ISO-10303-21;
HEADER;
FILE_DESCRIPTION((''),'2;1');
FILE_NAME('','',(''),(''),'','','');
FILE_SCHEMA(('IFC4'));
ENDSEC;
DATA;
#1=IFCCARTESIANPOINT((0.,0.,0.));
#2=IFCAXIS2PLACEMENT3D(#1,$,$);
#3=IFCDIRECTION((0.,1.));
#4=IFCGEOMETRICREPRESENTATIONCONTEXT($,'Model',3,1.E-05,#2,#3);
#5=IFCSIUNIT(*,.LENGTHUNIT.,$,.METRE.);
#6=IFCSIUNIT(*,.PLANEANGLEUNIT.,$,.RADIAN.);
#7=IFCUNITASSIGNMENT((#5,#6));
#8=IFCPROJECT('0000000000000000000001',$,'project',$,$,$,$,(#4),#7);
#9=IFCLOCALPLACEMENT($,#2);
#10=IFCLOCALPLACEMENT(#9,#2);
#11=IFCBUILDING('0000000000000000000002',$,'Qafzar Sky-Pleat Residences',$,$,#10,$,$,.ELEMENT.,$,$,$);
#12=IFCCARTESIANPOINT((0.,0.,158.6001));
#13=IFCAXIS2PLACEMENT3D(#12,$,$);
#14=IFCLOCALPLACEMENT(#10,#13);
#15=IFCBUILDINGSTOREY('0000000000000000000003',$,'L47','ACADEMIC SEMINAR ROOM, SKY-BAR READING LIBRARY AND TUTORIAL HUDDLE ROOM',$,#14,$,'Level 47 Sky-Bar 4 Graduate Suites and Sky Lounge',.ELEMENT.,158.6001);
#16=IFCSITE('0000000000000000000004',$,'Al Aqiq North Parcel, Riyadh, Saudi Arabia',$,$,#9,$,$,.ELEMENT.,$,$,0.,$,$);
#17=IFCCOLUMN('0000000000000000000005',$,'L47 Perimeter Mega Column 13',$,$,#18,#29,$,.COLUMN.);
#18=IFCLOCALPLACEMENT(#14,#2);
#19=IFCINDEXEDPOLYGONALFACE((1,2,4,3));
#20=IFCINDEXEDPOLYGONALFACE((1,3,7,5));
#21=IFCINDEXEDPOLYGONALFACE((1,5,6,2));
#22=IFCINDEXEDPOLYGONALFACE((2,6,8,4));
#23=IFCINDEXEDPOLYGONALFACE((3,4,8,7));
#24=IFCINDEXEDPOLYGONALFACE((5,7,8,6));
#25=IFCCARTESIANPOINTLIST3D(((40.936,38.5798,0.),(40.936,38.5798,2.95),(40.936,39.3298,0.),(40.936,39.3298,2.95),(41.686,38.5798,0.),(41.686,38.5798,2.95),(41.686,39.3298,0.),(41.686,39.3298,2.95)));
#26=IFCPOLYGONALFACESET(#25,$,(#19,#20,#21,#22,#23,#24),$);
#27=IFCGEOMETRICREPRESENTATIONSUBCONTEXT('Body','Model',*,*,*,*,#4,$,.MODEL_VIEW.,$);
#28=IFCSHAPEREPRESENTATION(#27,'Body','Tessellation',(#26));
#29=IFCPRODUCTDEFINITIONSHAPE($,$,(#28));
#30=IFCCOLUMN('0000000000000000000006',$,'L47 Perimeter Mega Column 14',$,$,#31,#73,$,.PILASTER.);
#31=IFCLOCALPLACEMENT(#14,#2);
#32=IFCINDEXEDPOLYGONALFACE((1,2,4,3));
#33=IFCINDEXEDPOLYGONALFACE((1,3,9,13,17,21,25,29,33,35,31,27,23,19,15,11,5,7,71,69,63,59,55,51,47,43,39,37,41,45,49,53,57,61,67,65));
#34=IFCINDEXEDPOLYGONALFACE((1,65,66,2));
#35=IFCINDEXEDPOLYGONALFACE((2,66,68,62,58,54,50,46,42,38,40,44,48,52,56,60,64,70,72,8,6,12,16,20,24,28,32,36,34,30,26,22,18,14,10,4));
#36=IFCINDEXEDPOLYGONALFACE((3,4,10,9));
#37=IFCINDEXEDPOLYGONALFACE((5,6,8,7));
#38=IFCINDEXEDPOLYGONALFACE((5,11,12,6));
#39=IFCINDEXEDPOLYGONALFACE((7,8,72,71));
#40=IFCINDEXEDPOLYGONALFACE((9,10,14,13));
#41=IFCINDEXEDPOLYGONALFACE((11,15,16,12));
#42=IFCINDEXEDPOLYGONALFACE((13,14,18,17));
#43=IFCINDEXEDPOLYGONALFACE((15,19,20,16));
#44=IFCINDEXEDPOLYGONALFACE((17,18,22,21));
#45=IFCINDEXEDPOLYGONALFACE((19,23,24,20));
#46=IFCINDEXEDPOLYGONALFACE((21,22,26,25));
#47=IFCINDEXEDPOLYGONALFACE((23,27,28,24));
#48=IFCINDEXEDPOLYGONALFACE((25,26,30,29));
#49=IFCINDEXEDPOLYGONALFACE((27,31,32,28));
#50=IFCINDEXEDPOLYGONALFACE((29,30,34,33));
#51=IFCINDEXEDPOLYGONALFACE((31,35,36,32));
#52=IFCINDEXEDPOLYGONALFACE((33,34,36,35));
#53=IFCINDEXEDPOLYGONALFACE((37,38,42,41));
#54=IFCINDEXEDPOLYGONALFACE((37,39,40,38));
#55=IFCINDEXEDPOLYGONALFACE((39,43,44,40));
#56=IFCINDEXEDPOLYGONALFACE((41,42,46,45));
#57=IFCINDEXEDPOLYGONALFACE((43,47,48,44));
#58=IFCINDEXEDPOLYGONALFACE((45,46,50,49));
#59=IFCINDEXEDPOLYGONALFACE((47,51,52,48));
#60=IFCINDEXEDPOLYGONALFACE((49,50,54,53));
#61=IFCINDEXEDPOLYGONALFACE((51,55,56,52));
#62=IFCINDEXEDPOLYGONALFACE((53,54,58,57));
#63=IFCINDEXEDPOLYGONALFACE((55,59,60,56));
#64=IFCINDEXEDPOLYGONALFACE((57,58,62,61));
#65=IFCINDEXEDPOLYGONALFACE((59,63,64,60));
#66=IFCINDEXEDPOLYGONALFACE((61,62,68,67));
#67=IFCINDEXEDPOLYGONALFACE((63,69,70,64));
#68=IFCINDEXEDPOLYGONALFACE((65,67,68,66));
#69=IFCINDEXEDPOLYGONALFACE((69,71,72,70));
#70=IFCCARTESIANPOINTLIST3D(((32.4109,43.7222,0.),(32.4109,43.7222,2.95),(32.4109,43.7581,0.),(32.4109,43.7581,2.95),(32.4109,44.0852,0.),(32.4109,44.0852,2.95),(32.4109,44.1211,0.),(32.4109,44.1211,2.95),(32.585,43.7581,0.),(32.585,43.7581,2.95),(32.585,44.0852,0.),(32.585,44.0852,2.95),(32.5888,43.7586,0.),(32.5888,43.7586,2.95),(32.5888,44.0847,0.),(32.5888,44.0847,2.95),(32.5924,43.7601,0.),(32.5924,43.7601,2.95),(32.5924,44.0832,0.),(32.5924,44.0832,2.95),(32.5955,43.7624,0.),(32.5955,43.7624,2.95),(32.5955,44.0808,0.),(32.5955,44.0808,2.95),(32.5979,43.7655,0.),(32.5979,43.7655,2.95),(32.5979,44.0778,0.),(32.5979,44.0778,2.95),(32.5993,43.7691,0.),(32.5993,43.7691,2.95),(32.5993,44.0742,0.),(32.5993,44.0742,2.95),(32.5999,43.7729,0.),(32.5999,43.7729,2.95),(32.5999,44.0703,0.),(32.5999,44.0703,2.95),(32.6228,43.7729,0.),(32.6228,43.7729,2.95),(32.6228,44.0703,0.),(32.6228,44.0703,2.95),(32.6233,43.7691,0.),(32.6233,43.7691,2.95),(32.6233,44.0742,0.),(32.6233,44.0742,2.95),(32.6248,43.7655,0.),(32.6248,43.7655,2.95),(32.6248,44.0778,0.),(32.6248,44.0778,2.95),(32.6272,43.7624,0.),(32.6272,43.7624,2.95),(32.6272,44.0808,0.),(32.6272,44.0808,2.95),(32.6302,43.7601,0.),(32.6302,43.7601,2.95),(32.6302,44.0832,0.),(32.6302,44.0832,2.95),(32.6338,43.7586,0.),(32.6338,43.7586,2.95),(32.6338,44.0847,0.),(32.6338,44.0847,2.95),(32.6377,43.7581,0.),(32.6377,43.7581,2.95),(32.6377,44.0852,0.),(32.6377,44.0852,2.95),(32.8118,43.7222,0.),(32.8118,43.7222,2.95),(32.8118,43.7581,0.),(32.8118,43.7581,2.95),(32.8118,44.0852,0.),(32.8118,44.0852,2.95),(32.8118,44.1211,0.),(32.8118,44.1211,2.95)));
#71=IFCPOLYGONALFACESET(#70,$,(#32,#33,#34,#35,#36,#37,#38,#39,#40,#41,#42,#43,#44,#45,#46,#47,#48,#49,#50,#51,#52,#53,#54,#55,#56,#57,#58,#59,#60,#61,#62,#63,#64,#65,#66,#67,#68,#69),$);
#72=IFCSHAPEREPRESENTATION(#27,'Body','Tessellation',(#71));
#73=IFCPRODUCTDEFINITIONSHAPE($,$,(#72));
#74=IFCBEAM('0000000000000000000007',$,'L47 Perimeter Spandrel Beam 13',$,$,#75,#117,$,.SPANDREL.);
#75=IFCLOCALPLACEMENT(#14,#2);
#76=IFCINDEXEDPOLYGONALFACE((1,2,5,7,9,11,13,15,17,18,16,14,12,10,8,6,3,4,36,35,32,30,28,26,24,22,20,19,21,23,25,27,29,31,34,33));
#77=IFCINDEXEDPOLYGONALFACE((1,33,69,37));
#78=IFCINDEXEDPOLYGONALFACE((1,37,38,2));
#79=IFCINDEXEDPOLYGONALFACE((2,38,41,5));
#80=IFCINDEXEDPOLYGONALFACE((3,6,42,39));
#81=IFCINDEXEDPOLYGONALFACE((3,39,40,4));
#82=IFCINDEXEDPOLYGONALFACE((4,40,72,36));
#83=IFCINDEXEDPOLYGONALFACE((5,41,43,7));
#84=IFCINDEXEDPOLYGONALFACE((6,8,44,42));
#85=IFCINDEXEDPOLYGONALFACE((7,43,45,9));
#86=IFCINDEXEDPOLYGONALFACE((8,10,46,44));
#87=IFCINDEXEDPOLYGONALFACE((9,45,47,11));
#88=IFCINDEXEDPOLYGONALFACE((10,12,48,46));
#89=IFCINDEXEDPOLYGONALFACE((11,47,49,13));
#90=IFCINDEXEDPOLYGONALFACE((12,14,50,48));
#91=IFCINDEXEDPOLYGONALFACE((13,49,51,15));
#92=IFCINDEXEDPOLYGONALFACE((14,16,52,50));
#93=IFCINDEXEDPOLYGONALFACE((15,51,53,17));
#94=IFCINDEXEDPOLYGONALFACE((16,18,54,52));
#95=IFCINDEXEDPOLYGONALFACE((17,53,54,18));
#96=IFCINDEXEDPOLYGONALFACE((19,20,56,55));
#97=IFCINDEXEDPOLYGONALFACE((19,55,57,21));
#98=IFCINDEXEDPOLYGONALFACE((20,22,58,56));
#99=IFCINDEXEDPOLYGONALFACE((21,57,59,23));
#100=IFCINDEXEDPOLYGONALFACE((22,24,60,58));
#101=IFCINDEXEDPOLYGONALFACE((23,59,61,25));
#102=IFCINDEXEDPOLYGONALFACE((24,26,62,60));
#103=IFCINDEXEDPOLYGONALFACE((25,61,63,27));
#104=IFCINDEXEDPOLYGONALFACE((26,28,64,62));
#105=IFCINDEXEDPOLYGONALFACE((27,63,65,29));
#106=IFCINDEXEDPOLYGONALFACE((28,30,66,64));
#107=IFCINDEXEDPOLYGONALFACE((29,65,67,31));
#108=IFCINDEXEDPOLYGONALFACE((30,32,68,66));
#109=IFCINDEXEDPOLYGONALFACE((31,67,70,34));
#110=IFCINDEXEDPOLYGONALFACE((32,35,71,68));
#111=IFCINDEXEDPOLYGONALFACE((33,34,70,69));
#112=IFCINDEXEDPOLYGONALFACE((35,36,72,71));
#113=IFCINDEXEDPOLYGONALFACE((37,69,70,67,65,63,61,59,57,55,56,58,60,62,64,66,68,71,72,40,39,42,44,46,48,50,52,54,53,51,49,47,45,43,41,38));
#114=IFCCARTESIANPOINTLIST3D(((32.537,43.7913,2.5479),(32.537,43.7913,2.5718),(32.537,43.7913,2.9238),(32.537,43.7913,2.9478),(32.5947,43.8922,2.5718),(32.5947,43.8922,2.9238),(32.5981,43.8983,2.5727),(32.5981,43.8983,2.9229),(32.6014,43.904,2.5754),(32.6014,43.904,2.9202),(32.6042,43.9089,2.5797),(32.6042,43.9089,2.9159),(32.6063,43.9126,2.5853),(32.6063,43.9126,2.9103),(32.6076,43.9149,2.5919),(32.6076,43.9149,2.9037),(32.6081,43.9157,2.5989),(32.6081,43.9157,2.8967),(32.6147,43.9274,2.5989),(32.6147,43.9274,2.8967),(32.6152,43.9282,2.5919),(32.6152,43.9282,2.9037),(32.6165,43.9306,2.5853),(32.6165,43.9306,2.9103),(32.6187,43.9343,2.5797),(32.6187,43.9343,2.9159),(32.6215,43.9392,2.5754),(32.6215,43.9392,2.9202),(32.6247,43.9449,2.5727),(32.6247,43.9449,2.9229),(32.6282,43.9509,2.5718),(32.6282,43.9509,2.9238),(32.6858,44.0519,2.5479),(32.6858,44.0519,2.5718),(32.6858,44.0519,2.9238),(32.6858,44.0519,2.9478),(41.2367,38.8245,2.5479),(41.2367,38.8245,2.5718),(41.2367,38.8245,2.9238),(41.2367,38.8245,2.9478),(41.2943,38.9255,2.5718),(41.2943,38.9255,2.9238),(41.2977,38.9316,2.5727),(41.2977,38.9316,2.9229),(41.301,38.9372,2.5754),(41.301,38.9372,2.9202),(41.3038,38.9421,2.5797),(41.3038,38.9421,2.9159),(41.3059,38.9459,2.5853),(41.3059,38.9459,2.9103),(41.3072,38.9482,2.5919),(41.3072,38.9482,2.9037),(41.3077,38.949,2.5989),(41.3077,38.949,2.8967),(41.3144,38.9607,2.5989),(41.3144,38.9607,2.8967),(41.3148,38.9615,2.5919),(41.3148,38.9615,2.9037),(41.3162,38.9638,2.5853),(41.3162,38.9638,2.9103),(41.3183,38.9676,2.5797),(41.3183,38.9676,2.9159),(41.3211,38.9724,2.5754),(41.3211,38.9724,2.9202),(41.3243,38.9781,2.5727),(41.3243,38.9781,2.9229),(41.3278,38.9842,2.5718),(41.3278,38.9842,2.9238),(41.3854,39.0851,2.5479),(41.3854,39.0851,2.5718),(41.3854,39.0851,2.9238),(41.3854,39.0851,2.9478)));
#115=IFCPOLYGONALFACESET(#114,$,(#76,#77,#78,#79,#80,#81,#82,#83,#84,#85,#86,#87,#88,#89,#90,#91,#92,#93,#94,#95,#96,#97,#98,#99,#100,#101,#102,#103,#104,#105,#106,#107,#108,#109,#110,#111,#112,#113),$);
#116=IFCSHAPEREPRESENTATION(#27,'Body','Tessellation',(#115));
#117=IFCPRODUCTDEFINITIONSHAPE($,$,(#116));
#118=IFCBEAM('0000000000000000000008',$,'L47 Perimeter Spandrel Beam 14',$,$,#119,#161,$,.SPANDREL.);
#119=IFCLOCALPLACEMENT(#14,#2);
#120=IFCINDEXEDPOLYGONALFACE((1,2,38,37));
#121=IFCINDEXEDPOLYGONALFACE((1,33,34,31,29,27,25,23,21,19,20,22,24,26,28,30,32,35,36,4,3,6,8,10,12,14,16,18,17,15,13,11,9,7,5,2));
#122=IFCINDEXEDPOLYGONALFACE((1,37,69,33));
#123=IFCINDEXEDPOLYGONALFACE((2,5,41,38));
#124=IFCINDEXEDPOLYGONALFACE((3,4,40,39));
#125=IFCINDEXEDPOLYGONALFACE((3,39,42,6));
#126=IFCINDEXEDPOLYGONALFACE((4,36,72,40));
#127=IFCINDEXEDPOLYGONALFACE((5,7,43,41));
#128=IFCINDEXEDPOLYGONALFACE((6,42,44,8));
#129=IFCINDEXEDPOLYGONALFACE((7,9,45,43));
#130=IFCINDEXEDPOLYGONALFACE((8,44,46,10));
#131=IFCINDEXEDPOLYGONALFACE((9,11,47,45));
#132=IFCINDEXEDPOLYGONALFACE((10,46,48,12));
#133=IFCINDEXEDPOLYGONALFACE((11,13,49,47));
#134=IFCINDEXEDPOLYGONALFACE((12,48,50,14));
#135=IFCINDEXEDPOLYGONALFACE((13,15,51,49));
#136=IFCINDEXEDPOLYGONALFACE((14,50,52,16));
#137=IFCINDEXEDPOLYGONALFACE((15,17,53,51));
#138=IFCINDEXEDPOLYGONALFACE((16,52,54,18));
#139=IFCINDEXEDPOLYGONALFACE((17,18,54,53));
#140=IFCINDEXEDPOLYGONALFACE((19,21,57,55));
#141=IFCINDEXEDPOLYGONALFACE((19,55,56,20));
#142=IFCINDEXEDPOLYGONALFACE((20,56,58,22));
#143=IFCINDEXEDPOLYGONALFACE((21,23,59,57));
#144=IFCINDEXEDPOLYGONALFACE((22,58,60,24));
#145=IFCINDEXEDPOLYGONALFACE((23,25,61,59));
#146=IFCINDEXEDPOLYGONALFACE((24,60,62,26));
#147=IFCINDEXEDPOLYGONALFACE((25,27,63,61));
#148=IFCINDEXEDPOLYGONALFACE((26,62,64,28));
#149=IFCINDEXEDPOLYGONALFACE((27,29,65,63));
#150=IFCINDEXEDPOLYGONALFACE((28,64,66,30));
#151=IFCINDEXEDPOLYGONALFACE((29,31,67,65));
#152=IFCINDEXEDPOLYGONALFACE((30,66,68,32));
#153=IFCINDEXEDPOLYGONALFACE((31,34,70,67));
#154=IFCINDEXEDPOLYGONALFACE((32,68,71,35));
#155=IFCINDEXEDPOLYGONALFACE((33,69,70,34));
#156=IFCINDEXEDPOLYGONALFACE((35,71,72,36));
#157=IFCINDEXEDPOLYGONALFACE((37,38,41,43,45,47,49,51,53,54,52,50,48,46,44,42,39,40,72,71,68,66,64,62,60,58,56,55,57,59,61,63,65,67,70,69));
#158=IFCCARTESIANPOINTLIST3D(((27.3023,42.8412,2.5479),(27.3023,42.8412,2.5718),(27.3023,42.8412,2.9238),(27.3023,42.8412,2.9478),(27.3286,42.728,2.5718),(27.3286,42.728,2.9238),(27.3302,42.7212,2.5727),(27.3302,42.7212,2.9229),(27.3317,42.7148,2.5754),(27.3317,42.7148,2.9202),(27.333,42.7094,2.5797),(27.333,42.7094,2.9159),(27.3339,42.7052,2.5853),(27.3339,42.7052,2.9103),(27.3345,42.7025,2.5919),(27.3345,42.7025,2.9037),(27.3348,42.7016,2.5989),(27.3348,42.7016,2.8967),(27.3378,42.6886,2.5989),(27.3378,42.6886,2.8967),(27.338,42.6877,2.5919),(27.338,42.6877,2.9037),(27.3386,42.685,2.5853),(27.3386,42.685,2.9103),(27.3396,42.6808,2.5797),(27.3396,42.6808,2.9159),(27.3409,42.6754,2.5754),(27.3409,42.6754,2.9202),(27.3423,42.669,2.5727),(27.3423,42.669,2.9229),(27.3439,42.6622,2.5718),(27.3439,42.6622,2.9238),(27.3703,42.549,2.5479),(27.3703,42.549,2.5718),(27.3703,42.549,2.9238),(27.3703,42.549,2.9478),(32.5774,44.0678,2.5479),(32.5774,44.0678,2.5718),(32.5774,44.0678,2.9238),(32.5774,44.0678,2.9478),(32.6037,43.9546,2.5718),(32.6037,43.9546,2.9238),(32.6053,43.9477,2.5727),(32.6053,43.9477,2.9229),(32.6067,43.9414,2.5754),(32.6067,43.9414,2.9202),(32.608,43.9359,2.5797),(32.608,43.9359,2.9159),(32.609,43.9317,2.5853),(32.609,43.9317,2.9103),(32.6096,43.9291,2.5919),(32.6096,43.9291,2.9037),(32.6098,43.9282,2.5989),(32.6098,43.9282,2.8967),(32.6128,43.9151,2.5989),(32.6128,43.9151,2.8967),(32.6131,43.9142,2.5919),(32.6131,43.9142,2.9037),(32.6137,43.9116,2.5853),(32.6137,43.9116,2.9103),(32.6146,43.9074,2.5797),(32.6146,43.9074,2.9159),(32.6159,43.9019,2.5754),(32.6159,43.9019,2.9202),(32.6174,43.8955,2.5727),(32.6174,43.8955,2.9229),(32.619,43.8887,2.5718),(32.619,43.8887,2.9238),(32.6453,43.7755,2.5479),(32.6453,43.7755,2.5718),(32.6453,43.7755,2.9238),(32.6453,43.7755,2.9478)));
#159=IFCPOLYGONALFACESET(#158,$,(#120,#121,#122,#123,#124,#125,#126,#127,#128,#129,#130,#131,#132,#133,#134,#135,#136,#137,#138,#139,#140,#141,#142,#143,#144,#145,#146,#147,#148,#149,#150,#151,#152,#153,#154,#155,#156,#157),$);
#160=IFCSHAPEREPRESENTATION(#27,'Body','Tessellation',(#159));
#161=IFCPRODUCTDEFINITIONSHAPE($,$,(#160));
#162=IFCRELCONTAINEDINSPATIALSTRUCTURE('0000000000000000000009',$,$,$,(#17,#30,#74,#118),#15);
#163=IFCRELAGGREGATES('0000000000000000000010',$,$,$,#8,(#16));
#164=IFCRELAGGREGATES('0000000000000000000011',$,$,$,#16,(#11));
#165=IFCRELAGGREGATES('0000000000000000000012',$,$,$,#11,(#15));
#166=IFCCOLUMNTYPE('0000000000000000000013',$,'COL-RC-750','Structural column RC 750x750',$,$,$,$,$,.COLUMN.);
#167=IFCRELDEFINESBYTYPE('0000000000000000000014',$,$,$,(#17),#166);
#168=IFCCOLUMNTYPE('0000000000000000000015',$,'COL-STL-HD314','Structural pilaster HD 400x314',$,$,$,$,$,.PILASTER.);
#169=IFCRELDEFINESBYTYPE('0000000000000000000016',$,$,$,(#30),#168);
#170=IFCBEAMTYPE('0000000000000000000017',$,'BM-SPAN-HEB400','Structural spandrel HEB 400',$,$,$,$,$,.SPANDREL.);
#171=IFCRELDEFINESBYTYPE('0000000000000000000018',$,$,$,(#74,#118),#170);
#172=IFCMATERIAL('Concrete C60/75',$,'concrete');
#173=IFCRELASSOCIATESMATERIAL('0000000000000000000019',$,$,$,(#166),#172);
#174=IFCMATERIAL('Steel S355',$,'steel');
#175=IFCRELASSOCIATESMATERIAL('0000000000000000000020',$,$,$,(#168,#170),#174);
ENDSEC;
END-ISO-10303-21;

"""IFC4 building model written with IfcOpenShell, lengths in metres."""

from ifc_helpers import new_model, si_unit, direction, frame, origin, origin_2d, place, context, subcontext, project, spatial, rectangle, i_section, extrude, source, transform, mapped, material, material_profile, profile_set, type_object, element, save


model = new_model("IFC4")

# Units and contexts
model_context = context("Model", 3, precision=1e-05, world=origin(), true_north=direction((0.0, 1.0)))
body_context = subcontext(model_context, "Body", "Model", "MODEL_VIEW")
ifc_project = project(units=[si_unit("LENGTHUNIT", "METRE"), si_unit("PLANEANGLEUNIT", "RADIAN")], contexts=[model_context])

# Site, building, storey
site_placement = place(None, origin())
site = spatial("IfcSite", under=ifc_project, at=site_placement, Name="Al Aqiq North Parcel, Riyadh, Saudi Arabia", CompositionType="ELEMENT", RefElevation=0.0)
building_placement = place(site_placement, origin())
building = spatial("IfcBuilding", under=site, at=building_placement, Name="Qafzar Sky-Pleat Residences", CompositionType="ELEMENT")
storey_placement = place(building_placement, frame((0.0, 0.0, 158.6001)))
storey = spatial("IfcBuildingStorey", under=building, at=storey_placement, Name="L47", Description="ACADEMIC SEMINAR ROOM, SKY-BAR READING LIBRARY AND TUTORIAL HUDDLE ROOM", LongName="Level 47 Sky-Bar 4 Graduate Suites and Sky Lounge", CompositionType="ELEMENT", Elevation=158.6001)

# Columns
ifc_material_1 = material(Name="Concrete C60/75", Category="concrete")
ifc_material_profile_1 = material_profile(ifc_material_1, rectangle(XDim=0.75, YDim=0.75, at=origin_2d()), Name="RC 750x750")
ifc_profile_set_1 = profile_set([ifc_material_profile_1], Name="Concrete C60/75")
column_type_1 = type_object("IfcColumnType", Name="COL-RC-750", Description="Structural column RC 750x750", PredefinedType="COLUMN", material=ifc_profile_set_1)
shared_shape_1 = source(origin(), body_context, "Body", "SweptSolid", [
    extrude(rectangle(XDim=0.75, YDim=0.75, at=origin_2d()), origin(), (0.0, 0.0, 1.0), 2.95),
])
column_1_placement = place(storey_placement, frame((41.311, 38.9548, 0.0), z_axis=(0.0, 0.0, 1.0), x_axis=(1.0, 0.0, 0.0)))
element("IfcColumn", 1, at=column_1_placement, inside=storey, type_object=column_type_1, Name="L47 Perimeter Mega Column 13", PredefinedType="COLUMN", context=body_context, shape_type="MappedRepresentation", body=[
    mapped(shared_shape_1, transform((0.0, 0.0, 0.0), x_axis=(1.0, 0.0, 0.0), y_axis=(0.0, 1.0, 0.0), z_axis=(0.0, 0.0, 1.0), scale=1.0)),
])
ifc_material_2 = material(Name="Steel S355", Category="steel")
ifc_material_profile_2 = material_profile(ifc_material_2, i_section(OverallWidth=0.4009, OverallDepth=0.3989, WebThickness=0.0229, FlangeThickness=0.0359, FilletRadius=0.0149, at=origin_2d()), Name="HD 400x314")
ifc_profile_set_2 = profile_set([ifc_material_profile_2], Name="Steel S355")
column_type_2 = type_object("IfcColumnType", Name="COL-STL-HD314", Description="Structural pilaster HD 400x314", PredefinedType="PILASTER", material=ifc_profile_set_2)
shared_shape_2 = source(origin(), body_context, "Body", "SweptSolid", [
    extrude(i_section(OverallWidth=0.4009, OverallDepth=0.3989, WebThickness=0.0229, FlangeThickness=0.0359, FilletRadius=0.0149, at=origin_2d()), origin(), (0.0, 0.0, 1.0), 2.95),
])
column_2_placement = place(storey_placement, frame((32.6113, 43.9216, 0.0), z_axis=(0.0, 0.0, 1.0), x_axis=(1.0, 0.0, 0.0)))
element("IfcColumn", 2, at=column_2_placement, inside=storey, type_object=column_type_2, Name="L47 Perimeter Mega Column 14", PredefinedType="PILASTER", context=body_context, shape_type="MappedRepresentation", body=[
    mapped(shared_shape_2, transform((0.0, 0.0, 0.0), x_axis=(1.0, 0.0, 0.0), y_axis=(0.0, 1.0, 0.0), z_axis=(0.0, 0.0, 1.0), scale=1.0)),
])

# Beams
ifc_material_profile_3 = material_profile(ifc_material_2, i_section(OverallWidth=0.3, OverallDepth=0.3999, WebThickness=0.0134, FlangeThickness=0.0239, FilletRadius=0.0271, at=origin_2d()), Name="HEB 400")
ifc_profile_set_3 = profile_set([ifc_material_profile_3], Name="Steel S355")
beam_type_1 = type_object("IfcBeamType", Name="BM-SPAN-HEB400", Description="Structural spandrel HEB 400", PredefinedType="SPANDREL", material=ifc_profile_set_3)
shared_shape_3 = source(origin(), body_context, "Body", "SweptSolid", [
    extrude(i_section(OverallWidth=0.3, OverallDepth=0.3999, WebThickness=0.0134, FlangeThickness=0.0239, FilletRadius=0.0271, at=origin_2d()), origin(), (0.0, 0.0, 1.0), 10.0176),
])
beam_1_placement = place(storey_placement, frame((41.311, 38.9548, 2.7478), z_axis=(-0.868435, 0.495803, 0.0), x_axis=(-0.495803, -0.868435, 0.0)))
element("IfcBeam", 3, at=beam_1_placement, inside=storey, type_object=beam_type_1, Name="L47 Perimeter Spandrel Beam 13", PredefinedType="SPANDREL", context=body_context, shape_type="MappedRepresentation", body=[
    mapped(shared_shape_3, transform((0.0, 0.0, 0.0), x_axis=(1.0, 0.0, 0.0), y_axis=(0.0, 1.0, 0.0), z_axis=(0.0, 0.0, 1.0), scale=1.0)),
])
shared_shape_4 = source(origin(), body_context, "Body", "SweptSolid", [
    extrude(i_section(OverallWidth=0.3, OverallDepth=0.3999, WebThickness=0.0134, FlangeThickness=0.0239, FilletRadius=0.0271, at=origin_2d()), origin(), (0.0, 0.0, 1.0), 5.4158),
])
beam_2_placement = place(storey_placement, frame((32.6113, 43.9216, 2.7478), z_axis=(-0.974017, -0.226476, 0.0), x_axis=(0.226476, -0.974017, 0.0)))
element("IfcBeam", 4, at=beam_2_placement, inside=storey, type_object=beam_type_1, Name="L47 Perimeter Spandrel Beam 14", PredefinedType="SPANDREL", context=body_context, shape_type="MappedRepresentation", body=[
    mapped(shared_shape_4, transform((0.0, 0.0, 0.0), x_axis=(1.0, 0.0, 0.0), y_axis=(0.0, 1.0, 0.0), z_axis=(0.0, 0.0, 1.0), scale=1.0)),
])

save(model, "model.ifc")
